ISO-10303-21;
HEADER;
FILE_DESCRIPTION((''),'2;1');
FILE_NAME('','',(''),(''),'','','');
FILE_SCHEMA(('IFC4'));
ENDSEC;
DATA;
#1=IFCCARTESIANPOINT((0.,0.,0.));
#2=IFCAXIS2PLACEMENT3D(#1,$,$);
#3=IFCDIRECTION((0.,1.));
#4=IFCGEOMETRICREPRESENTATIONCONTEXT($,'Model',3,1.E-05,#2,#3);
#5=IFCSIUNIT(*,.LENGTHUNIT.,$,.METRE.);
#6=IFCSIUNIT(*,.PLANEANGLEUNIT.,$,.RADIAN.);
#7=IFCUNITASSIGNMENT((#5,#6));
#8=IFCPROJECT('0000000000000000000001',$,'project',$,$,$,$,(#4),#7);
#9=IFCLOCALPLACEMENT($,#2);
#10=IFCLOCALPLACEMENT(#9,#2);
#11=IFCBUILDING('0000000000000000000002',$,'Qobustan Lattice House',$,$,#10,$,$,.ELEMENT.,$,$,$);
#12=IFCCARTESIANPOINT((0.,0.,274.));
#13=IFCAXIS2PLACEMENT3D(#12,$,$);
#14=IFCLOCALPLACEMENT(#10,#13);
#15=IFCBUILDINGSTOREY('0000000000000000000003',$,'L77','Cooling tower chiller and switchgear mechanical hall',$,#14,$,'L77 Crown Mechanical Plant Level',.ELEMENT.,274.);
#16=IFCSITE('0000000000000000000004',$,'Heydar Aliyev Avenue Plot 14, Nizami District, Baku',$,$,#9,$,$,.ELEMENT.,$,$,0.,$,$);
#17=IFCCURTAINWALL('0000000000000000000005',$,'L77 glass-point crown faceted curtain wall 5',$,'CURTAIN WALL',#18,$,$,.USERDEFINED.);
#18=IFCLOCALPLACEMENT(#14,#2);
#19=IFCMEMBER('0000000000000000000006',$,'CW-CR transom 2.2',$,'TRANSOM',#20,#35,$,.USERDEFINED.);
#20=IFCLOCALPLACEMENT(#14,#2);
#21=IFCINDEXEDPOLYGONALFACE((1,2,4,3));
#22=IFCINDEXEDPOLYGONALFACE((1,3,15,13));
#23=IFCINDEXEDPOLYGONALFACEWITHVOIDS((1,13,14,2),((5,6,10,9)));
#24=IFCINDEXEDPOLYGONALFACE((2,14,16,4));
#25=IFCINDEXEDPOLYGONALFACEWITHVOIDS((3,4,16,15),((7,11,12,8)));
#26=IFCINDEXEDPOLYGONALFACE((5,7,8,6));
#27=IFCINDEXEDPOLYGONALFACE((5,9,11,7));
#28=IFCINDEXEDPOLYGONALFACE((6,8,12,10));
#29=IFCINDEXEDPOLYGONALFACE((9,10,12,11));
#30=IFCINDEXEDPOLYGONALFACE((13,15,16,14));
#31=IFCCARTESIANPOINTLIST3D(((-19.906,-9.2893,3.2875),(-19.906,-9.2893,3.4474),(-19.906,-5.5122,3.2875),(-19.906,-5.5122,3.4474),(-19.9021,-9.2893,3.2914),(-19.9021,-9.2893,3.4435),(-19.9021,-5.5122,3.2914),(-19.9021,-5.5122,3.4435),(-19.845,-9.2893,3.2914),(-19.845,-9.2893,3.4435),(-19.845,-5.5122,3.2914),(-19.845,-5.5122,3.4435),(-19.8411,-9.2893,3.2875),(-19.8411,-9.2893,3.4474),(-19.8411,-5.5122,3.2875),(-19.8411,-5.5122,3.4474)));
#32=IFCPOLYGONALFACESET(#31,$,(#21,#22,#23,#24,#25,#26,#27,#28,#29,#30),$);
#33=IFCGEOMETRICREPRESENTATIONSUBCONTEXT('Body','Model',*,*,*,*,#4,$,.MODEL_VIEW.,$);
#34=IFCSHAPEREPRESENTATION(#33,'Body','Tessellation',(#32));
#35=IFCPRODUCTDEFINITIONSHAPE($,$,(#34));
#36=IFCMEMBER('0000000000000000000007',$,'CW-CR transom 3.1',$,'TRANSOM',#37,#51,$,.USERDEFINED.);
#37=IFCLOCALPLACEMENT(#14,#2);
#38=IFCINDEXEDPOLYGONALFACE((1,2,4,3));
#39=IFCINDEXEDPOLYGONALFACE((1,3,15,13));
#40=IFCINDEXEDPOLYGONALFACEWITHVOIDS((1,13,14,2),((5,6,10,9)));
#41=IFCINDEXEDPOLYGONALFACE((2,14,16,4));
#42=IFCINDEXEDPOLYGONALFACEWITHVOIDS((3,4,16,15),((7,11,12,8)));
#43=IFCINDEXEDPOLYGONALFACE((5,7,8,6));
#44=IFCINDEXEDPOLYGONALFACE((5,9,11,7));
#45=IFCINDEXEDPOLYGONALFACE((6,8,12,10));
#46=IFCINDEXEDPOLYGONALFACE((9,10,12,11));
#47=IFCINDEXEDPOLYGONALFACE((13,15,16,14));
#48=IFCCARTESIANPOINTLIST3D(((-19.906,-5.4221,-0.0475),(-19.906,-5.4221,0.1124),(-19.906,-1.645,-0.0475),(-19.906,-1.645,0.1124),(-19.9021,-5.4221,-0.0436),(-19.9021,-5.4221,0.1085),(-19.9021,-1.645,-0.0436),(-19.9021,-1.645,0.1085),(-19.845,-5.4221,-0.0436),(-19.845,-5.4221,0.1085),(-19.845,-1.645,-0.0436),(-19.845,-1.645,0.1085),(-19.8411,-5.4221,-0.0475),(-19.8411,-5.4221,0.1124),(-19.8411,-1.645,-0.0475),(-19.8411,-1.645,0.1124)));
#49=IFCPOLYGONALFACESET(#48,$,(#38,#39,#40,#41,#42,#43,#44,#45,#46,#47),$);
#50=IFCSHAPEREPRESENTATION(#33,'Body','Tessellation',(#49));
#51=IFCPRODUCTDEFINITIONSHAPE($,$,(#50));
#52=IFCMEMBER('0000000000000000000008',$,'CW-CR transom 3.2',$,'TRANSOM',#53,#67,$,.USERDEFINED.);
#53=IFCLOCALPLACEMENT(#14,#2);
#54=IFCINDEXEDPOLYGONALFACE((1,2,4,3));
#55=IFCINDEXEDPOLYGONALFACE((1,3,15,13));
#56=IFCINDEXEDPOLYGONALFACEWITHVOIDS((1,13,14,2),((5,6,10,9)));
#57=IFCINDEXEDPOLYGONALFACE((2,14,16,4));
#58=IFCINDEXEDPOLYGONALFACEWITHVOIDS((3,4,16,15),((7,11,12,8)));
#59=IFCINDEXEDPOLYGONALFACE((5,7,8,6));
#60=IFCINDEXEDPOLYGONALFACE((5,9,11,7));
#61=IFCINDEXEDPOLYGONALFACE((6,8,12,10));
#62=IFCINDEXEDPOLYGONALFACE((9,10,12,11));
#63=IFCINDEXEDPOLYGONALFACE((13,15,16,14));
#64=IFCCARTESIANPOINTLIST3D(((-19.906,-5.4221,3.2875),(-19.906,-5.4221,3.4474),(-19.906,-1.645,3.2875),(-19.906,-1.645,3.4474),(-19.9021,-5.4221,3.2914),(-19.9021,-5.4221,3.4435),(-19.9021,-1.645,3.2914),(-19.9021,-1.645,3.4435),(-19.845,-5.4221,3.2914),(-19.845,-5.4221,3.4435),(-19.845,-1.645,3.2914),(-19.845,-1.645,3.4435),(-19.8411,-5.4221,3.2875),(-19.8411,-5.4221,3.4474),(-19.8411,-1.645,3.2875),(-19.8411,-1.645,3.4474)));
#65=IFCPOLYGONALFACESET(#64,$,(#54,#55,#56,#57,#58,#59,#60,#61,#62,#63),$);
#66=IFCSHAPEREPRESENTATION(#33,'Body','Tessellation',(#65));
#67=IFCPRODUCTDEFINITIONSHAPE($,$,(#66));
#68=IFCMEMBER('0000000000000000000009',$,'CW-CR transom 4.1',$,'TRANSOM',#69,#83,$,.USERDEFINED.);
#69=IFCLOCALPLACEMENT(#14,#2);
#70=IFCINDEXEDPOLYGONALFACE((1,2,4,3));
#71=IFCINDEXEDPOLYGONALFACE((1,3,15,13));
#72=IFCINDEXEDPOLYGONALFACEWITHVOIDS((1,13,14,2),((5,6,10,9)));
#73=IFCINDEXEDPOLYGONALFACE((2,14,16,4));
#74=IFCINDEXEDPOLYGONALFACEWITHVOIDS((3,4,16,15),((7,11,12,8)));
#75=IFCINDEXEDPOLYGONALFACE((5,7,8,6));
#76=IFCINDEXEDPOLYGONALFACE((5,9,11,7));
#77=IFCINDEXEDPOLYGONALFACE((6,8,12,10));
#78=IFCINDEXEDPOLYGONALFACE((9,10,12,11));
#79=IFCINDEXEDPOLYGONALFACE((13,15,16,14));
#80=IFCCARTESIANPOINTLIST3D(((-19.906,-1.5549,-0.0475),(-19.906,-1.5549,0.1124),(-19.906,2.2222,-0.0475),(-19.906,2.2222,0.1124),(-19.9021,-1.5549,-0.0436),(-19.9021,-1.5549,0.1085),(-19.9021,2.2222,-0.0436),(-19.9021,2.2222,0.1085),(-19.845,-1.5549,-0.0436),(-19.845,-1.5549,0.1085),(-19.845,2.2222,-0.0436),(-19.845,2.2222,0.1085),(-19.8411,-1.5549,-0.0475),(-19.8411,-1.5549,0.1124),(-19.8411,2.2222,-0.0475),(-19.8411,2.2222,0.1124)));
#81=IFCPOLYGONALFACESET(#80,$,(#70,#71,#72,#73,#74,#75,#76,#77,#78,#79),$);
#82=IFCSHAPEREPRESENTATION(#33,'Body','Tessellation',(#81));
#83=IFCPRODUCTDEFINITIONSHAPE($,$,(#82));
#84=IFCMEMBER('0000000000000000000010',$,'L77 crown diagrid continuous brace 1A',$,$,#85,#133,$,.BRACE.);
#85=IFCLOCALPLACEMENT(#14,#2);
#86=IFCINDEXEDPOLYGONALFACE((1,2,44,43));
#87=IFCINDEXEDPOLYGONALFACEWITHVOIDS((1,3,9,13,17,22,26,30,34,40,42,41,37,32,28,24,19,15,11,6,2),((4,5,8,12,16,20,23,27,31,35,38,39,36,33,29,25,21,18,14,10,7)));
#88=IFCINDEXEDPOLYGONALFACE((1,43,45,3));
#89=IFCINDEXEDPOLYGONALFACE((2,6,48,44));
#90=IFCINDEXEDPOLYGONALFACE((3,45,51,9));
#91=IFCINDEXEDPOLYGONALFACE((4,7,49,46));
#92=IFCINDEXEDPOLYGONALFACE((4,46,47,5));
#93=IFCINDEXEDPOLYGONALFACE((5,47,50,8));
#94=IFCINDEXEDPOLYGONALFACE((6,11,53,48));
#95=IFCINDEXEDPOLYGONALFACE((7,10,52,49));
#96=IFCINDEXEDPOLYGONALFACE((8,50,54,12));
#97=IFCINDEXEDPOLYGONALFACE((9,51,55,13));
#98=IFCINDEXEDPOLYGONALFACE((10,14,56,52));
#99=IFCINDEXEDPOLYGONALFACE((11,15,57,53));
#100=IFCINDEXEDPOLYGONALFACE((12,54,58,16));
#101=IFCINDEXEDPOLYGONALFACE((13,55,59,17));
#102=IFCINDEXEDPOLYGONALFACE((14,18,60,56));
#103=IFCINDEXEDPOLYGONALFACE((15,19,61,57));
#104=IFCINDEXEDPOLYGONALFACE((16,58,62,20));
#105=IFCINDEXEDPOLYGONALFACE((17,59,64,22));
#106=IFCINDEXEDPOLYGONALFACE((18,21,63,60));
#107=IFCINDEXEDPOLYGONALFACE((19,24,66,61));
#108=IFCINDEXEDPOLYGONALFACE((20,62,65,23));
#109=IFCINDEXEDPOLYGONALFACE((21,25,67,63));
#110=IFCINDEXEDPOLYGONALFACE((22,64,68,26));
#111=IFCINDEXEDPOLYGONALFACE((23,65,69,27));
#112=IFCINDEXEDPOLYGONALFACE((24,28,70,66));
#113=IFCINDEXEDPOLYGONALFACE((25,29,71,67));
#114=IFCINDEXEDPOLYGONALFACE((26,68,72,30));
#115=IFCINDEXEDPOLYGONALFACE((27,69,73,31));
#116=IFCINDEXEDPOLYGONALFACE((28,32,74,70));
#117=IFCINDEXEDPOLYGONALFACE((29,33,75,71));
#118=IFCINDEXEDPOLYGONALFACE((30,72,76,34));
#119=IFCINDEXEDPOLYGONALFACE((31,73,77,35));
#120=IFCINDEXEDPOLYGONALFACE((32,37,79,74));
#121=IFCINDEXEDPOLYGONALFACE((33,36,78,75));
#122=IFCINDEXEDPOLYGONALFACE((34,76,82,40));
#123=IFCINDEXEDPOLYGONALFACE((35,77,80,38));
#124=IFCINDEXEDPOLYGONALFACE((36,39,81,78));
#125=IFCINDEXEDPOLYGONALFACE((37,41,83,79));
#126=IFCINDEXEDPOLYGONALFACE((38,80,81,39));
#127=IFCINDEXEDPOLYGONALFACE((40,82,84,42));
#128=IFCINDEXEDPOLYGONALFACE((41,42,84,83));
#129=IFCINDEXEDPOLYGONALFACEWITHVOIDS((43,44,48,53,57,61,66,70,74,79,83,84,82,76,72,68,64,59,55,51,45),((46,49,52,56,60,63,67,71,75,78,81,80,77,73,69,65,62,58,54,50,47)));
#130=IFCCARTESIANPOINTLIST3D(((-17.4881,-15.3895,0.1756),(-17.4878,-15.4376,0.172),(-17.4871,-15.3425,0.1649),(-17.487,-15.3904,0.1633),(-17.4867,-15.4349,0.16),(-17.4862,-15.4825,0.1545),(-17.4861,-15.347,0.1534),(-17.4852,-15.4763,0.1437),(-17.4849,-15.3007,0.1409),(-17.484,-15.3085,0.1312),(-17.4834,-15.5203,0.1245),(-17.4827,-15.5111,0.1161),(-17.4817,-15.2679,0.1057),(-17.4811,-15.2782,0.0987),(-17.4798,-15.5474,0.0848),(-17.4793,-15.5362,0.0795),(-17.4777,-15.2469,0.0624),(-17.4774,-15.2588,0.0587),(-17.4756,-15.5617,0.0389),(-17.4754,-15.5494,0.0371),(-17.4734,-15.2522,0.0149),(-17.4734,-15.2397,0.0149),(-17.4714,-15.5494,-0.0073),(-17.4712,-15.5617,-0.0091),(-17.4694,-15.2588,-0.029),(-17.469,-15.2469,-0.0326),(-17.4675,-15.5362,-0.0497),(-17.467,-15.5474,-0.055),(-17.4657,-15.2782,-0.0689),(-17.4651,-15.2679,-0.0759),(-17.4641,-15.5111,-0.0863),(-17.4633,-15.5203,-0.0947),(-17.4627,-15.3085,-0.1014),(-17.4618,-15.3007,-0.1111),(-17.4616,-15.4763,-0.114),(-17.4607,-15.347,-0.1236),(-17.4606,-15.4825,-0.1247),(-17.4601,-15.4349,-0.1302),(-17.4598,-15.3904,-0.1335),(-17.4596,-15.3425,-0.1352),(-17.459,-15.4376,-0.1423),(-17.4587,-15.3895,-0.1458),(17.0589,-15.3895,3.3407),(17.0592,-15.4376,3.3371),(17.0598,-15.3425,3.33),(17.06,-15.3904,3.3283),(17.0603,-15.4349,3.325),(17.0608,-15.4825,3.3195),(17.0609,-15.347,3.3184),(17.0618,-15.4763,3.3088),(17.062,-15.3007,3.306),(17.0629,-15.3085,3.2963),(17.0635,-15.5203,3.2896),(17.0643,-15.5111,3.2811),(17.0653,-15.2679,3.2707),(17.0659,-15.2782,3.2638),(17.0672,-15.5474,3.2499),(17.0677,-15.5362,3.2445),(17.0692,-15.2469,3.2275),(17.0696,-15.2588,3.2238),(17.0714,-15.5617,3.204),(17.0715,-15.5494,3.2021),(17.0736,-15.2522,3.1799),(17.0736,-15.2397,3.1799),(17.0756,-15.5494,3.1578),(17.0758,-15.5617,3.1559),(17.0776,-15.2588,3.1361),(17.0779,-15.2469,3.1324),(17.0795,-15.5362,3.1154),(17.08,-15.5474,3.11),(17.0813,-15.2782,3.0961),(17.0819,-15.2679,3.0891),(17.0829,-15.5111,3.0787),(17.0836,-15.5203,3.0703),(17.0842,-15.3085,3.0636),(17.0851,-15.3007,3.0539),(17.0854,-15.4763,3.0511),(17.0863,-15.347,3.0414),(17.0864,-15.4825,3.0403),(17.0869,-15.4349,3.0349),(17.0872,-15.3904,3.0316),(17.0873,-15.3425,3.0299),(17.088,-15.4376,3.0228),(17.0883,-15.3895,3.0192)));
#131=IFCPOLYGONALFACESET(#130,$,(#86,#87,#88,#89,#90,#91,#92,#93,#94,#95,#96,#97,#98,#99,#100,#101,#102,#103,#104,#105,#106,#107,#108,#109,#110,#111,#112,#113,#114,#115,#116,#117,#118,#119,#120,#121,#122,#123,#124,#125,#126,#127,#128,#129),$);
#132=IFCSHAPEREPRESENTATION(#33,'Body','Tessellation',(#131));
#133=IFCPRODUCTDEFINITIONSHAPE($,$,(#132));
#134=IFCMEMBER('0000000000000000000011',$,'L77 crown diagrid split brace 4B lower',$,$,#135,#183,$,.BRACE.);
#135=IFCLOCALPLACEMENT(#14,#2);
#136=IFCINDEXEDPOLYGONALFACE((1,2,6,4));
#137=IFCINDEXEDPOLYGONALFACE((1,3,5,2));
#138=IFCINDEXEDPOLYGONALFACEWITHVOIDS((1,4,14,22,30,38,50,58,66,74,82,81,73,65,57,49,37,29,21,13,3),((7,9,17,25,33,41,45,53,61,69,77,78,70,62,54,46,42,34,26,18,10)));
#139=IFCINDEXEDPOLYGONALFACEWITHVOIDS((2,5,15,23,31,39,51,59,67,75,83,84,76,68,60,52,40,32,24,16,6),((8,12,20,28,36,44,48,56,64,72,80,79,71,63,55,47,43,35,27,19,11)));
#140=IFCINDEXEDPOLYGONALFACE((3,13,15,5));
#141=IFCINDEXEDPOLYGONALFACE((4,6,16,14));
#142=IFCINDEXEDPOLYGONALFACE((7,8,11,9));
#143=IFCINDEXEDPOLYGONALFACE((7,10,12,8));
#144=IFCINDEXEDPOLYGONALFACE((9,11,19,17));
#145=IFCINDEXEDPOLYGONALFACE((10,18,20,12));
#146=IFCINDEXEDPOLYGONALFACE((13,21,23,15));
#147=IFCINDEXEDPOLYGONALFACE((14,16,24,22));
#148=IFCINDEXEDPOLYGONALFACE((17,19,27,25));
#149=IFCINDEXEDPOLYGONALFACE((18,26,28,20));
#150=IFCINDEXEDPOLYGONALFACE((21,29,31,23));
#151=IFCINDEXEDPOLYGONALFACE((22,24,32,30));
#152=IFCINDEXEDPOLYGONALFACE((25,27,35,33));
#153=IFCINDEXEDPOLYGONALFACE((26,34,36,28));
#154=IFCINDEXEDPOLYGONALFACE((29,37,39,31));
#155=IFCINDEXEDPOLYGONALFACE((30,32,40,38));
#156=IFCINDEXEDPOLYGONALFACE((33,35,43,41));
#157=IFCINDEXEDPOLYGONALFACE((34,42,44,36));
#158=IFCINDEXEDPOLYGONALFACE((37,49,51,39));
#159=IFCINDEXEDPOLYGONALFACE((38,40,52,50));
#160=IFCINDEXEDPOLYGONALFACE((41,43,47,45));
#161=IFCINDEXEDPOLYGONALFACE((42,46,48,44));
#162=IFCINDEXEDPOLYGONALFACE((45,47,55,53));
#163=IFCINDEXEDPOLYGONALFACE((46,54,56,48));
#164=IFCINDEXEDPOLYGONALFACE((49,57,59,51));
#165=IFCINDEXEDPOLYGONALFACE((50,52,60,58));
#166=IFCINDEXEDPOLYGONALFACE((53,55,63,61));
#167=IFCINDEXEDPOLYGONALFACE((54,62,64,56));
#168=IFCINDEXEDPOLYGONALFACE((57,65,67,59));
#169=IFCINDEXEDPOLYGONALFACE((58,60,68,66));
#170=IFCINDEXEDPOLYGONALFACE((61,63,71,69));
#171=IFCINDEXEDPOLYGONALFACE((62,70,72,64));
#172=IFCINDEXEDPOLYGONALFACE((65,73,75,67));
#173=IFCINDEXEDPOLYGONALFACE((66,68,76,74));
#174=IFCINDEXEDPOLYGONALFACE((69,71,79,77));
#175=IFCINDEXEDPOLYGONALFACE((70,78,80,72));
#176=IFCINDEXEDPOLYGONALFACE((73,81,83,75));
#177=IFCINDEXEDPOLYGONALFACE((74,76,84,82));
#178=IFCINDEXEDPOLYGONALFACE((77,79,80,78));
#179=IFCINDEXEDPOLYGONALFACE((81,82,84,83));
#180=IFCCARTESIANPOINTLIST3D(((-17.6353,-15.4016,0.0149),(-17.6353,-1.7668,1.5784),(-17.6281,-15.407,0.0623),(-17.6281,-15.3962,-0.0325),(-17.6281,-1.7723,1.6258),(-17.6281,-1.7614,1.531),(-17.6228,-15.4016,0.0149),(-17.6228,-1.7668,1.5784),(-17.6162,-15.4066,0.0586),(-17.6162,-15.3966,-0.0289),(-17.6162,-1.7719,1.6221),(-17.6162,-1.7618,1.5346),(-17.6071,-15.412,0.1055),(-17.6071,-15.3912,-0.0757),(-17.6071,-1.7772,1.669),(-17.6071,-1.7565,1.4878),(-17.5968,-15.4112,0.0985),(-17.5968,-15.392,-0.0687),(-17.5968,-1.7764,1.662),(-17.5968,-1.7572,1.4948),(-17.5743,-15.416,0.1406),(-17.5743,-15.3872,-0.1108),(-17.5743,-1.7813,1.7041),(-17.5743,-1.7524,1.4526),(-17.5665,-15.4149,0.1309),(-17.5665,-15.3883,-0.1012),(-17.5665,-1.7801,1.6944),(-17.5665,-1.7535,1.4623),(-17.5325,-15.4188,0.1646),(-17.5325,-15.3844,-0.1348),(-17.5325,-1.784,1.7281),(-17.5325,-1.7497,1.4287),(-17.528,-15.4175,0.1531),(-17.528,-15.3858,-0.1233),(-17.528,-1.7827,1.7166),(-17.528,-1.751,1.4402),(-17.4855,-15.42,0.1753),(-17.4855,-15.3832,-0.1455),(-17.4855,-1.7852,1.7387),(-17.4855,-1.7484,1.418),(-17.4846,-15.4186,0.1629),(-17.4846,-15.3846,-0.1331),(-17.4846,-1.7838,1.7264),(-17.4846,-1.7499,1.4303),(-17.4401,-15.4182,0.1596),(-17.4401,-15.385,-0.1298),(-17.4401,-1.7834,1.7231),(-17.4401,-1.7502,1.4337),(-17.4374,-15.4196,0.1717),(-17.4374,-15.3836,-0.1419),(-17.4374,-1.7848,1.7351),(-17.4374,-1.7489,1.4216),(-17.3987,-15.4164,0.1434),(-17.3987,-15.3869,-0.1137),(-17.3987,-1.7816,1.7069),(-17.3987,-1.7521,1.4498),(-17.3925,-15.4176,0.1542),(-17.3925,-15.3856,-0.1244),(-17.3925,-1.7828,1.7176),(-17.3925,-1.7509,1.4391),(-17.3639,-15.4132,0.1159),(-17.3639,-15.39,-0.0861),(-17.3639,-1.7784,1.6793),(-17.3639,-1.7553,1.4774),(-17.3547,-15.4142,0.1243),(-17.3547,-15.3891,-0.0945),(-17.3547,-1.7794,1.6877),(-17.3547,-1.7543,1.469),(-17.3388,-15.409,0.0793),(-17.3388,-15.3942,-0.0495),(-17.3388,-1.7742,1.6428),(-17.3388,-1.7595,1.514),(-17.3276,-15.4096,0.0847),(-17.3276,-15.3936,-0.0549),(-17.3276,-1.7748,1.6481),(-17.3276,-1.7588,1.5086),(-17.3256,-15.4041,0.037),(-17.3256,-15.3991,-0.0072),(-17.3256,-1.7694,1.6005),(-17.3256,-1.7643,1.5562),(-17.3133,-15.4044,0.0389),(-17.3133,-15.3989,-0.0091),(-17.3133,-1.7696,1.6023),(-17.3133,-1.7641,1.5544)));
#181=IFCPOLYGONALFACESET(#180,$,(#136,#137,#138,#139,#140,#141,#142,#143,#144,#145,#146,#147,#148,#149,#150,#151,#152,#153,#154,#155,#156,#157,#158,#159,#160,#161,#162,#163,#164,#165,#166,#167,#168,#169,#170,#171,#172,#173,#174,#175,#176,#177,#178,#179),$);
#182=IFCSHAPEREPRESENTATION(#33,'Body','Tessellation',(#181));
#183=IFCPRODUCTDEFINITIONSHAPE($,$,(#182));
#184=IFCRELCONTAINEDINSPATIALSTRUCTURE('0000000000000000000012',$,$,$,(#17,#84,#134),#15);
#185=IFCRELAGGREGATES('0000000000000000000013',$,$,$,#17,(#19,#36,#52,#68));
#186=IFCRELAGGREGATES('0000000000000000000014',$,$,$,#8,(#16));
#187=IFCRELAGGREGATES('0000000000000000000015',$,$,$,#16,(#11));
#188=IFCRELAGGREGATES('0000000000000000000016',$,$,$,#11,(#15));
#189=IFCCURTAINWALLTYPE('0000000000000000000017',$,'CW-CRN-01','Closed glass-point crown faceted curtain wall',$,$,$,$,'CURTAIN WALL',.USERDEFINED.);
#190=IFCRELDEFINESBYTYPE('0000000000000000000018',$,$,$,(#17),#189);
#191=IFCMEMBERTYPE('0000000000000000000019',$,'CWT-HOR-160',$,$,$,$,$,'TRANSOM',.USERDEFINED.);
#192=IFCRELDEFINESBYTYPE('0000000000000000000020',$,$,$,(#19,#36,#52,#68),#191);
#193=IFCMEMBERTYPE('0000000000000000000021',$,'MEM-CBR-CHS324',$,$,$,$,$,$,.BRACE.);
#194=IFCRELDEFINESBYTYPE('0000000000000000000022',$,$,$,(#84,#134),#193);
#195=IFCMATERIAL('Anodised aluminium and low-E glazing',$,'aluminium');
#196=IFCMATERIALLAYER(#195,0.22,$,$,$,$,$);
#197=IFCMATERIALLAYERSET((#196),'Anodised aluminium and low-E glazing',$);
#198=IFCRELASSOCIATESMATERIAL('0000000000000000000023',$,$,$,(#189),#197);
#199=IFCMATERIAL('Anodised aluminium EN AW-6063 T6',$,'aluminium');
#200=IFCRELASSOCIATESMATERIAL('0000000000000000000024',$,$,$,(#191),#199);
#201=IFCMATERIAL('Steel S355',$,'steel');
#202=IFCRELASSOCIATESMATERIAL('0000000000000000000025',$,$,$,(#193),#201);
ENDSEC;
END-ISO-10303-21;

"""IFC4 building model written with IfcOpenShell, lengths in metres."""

from ifc_helpers import new_model, si_unit, direction, frame, origin, origin_2d, place, context, subcontext, project, spatial, hollow_rectangle, hollow_circle, extrude, material, layer, layer_set, material_profile, profile_set, type_object, element, aggregate, save


model = new_model("IFC4")

# Units and contexts
model_context = context("Model", 3, precision=1e-05, world=origin(), true_north=direction((0.0, 1.0)))
body_context = subcontext(model_context, "Body", "Model", "MODEL_VIEW")
ifc_project = project(units=[si_unit("LENGTHUNIT", "METRE"), si_unit("PLANEANGLEUNIT", "RADIAN")], contexts=[model_context])

# Site, building, storey
site_placement = place(None, origin())
site = spatial("IfcSite", under=ifc_project, at=site_placement, Name="Heydar Aliyev Avenue Plot 14, Nizami District, Baku", CompositionType="ELEMENT", RefElevation=0.0)
building_placement = place(site_placement, origin())
building = spatial("IfcBuilding", under=site, at=building_placement, Name="Qobustan Lattice House", CompositionType="ELEMENT")
storey_placement = place(building_placement, frame((0.0, 0.0, 274.0)))
storey = spatial("IfcBuildingStorey", under=building, at=storey_placement, Name="L77", Description="Cooling tower chiller and switchgear mechanical hall", LongName="L77 Crown Mechanical Plant Level", CompositionType="ELEMENT", Elevation=274.0)

# Curtain wall
ifc_material_1 = material(Name="Anodised aluminium and low-E glazing", Category="aluminium")
ifc_layer_1 = layer(ifc_material_1, 0.22)
ifc_layer_set_1 = layer_set([ifc_layer_1], Name="Anodised aluminium and low-E glazing")
curtain_wall_type = type_object("IfcCurtainWallType", Name="CW-CRN-01", Description="Closed glass-point crown faceted curtain wall", ElementType="CURTAIN WALL", PredefinedType="USERDEFINED", material=ifc_layer_set_1)
curtain_wall_1_placement = place(storey_placement, origin())
curtain_wall_1 = element("IfcCurtainWall", 1, at=curtain_wall_1_placement, inside=storey, type_object=curtain_wall_type, Name="L77 glass-point crown faceted curtain wall 5", ObjectType="CURTAIN WALL", PredefinedType="USERDEFINED")

# Members
ifc_material_2 = material(Name="Anodised aluminium EN AW-6063 T6", Category="aluminium")
ifc_material_profile_1 = material_profile(ifc_material_2, hollow_rectangle(XDim=0.0649, YDim=0.1599, WallThickness=0.0039, at=origin_2d()), Name="CWT-160x65")
ifc_profile_set_1 = profile_set([ifc_material_profile_1], Name="Anodised aluminium EN AW-6063 T6")
member_type_1 = type_object("IfcMemberType", Name="CWT-HOR-160", ElementType="TRANSOM", PredefinedType="USERDEFINED", material=ifc_profile_set_1)
member_1_placement = place(storey_placement, frame((-19.8735, -9.2893, 3.3674), z_axis=(0.0, 1.0, 0.0), x_axis=(-1.0, 0.0, 0.0)))
member_1 = element("IfcMember", 2, at=member_1_placement, type_object=member_type_1, Name="CW-CR transom 2.2", ObjectType="TRANSOM", PredefinedType="USERDEFINED", context=body_context, shape_type="SweptSolid", body=[
    extrude(hollow_rectangle(XDim=0.0649, YDim=0.1599, WallThickness=0.0039, at=origin_2d()), origin(), (0.0, 0.0, 1.0), 3.7771),
])
member_2_placement = place(storey_placement, frame((-19.8735, -5.4221, 0.0325), z_axis=(0.0, 1.0, 0.0), x_axis=(-1.0, 0.0, 0.0)))
member_2 = element("IfcMember", 3, at=member_2_placement, type_object=member_type_1, Name="CW-CR transom 3.1", ObjectType="TRANSOM", PredefinedType="USERDEFINED", context=body_context, shape_type="SweptSolid", body=[
    extrude(hollow_rectangle(XDim=0.0649, YDim=0.1599, WallThickness=0.0039, at=origin_2d()), origin(), (0.0, 0.0, 1.0), 3.7771),
])
member_3_placement = place(storey_placement, frame((-19.8735, -5.4221, 3.3674), z_axis=(0.0, 1.0, 0.0), x_axis=(-1.0, 0.0, 0.0)))
member_3 = element("IfcMember", 4, at=member_3_placement, type_object=member_type_1, Name="CW-CR transom 3.2", ObjectType="TRANSOM", PredefinedType="USERDEFINED", context=body_context, shape_type="SweptSolid", body=[
    extrude(hollow_rectangle(XDim=0.0649, YDim=0.1599, WallThickness=0.0039, at=origin_2d()), origin(), (0.0, 0.0, 1.0), 3.7771),
])
member_4_placement = place(storey_placement, frame((-19.8735, -1.5549, 0.0325), z_axis=(0.0, 1.0, 0.0), x_axis=(-1.0, 0.0, 0.0)))
member_4 = element("IfcMember", 5, at=member_4_placement, type_object=member_type_1, Name="CW-CR transom 4.1", ObjectType="TRANSOM", PredefinedType="USERDEFINED", context=body_context, shape_type="SweptSolid", body=[
    extrude(hollow_rectangle(XDim=0.0649, YDim=0.1599, WallThickness=0.0039, at=origin_2d()), origin(), (0.0, 0.0, 1.0), 3.7771),
])

# Members
ifc_material_3 = material(Name="Steel S355", Category="steel")
ifc_material_profile_2 = material_profile(ifc_material_3, hollow_circle(Radius=0.1619, WallThickness=0.0125, at=origin_2d()), Name="CHS323.9x12.5")
ifc_profile_set_2 = profile_set([ifc_material_profile_2], Name="Steel S355")
member_type_2 = type_object("IfcMemberType", Name="MEM-CBR-CHS324", PredefinedType="BRACE", material=ifc_profile_set_2)
member_5_placement = place(storey_placement, frame((-17.4734, -15.4016, 0.0149), z_axis=(0.99583, 0.0, 0.091234), x_axis=(0.0, 1.0, 0.0)))
element("IfcMember", 6, at=member_5_placement, inside=storey, type_object=member_type_2, Name="L77 crown diagrid continuous brace 1A", PredefinedType="BRACE", context=body_context, shape_type="SweptSolid", body=[
    extrude(hollow_circle(Radius=0.1619, WallThickness=0.0125, at=origin_2d()), origin(), (0.0, 0.0, 1.0), 34.6917),
])
member_6_placement = place(storey_placement, frame((-17.4734, -15.4016, 0.0149), z_axis=(0.0, 0.99349, 0.113922), x_axis=(-1.0, 0.0, 0.0)))
element("IfcMember", 7, at=member_6_placement, inside=storey, type_object=member_type_2, Name="L77 crown diagrid split brace 4B lower", PredefinedType="BRACE", context=body_context, shape_type="SweptSolid", body=[
    extrude(hollow_circle(Radius=0.1619, WallThickness=0.0125, at=origin_2d()), origin(), (0.0, 0.0, 1.0), 13.7241),
])

aggregate(curtain_wall_1, [member_1, member_2, member_3, member_4])

save(model, "model.ifc")
